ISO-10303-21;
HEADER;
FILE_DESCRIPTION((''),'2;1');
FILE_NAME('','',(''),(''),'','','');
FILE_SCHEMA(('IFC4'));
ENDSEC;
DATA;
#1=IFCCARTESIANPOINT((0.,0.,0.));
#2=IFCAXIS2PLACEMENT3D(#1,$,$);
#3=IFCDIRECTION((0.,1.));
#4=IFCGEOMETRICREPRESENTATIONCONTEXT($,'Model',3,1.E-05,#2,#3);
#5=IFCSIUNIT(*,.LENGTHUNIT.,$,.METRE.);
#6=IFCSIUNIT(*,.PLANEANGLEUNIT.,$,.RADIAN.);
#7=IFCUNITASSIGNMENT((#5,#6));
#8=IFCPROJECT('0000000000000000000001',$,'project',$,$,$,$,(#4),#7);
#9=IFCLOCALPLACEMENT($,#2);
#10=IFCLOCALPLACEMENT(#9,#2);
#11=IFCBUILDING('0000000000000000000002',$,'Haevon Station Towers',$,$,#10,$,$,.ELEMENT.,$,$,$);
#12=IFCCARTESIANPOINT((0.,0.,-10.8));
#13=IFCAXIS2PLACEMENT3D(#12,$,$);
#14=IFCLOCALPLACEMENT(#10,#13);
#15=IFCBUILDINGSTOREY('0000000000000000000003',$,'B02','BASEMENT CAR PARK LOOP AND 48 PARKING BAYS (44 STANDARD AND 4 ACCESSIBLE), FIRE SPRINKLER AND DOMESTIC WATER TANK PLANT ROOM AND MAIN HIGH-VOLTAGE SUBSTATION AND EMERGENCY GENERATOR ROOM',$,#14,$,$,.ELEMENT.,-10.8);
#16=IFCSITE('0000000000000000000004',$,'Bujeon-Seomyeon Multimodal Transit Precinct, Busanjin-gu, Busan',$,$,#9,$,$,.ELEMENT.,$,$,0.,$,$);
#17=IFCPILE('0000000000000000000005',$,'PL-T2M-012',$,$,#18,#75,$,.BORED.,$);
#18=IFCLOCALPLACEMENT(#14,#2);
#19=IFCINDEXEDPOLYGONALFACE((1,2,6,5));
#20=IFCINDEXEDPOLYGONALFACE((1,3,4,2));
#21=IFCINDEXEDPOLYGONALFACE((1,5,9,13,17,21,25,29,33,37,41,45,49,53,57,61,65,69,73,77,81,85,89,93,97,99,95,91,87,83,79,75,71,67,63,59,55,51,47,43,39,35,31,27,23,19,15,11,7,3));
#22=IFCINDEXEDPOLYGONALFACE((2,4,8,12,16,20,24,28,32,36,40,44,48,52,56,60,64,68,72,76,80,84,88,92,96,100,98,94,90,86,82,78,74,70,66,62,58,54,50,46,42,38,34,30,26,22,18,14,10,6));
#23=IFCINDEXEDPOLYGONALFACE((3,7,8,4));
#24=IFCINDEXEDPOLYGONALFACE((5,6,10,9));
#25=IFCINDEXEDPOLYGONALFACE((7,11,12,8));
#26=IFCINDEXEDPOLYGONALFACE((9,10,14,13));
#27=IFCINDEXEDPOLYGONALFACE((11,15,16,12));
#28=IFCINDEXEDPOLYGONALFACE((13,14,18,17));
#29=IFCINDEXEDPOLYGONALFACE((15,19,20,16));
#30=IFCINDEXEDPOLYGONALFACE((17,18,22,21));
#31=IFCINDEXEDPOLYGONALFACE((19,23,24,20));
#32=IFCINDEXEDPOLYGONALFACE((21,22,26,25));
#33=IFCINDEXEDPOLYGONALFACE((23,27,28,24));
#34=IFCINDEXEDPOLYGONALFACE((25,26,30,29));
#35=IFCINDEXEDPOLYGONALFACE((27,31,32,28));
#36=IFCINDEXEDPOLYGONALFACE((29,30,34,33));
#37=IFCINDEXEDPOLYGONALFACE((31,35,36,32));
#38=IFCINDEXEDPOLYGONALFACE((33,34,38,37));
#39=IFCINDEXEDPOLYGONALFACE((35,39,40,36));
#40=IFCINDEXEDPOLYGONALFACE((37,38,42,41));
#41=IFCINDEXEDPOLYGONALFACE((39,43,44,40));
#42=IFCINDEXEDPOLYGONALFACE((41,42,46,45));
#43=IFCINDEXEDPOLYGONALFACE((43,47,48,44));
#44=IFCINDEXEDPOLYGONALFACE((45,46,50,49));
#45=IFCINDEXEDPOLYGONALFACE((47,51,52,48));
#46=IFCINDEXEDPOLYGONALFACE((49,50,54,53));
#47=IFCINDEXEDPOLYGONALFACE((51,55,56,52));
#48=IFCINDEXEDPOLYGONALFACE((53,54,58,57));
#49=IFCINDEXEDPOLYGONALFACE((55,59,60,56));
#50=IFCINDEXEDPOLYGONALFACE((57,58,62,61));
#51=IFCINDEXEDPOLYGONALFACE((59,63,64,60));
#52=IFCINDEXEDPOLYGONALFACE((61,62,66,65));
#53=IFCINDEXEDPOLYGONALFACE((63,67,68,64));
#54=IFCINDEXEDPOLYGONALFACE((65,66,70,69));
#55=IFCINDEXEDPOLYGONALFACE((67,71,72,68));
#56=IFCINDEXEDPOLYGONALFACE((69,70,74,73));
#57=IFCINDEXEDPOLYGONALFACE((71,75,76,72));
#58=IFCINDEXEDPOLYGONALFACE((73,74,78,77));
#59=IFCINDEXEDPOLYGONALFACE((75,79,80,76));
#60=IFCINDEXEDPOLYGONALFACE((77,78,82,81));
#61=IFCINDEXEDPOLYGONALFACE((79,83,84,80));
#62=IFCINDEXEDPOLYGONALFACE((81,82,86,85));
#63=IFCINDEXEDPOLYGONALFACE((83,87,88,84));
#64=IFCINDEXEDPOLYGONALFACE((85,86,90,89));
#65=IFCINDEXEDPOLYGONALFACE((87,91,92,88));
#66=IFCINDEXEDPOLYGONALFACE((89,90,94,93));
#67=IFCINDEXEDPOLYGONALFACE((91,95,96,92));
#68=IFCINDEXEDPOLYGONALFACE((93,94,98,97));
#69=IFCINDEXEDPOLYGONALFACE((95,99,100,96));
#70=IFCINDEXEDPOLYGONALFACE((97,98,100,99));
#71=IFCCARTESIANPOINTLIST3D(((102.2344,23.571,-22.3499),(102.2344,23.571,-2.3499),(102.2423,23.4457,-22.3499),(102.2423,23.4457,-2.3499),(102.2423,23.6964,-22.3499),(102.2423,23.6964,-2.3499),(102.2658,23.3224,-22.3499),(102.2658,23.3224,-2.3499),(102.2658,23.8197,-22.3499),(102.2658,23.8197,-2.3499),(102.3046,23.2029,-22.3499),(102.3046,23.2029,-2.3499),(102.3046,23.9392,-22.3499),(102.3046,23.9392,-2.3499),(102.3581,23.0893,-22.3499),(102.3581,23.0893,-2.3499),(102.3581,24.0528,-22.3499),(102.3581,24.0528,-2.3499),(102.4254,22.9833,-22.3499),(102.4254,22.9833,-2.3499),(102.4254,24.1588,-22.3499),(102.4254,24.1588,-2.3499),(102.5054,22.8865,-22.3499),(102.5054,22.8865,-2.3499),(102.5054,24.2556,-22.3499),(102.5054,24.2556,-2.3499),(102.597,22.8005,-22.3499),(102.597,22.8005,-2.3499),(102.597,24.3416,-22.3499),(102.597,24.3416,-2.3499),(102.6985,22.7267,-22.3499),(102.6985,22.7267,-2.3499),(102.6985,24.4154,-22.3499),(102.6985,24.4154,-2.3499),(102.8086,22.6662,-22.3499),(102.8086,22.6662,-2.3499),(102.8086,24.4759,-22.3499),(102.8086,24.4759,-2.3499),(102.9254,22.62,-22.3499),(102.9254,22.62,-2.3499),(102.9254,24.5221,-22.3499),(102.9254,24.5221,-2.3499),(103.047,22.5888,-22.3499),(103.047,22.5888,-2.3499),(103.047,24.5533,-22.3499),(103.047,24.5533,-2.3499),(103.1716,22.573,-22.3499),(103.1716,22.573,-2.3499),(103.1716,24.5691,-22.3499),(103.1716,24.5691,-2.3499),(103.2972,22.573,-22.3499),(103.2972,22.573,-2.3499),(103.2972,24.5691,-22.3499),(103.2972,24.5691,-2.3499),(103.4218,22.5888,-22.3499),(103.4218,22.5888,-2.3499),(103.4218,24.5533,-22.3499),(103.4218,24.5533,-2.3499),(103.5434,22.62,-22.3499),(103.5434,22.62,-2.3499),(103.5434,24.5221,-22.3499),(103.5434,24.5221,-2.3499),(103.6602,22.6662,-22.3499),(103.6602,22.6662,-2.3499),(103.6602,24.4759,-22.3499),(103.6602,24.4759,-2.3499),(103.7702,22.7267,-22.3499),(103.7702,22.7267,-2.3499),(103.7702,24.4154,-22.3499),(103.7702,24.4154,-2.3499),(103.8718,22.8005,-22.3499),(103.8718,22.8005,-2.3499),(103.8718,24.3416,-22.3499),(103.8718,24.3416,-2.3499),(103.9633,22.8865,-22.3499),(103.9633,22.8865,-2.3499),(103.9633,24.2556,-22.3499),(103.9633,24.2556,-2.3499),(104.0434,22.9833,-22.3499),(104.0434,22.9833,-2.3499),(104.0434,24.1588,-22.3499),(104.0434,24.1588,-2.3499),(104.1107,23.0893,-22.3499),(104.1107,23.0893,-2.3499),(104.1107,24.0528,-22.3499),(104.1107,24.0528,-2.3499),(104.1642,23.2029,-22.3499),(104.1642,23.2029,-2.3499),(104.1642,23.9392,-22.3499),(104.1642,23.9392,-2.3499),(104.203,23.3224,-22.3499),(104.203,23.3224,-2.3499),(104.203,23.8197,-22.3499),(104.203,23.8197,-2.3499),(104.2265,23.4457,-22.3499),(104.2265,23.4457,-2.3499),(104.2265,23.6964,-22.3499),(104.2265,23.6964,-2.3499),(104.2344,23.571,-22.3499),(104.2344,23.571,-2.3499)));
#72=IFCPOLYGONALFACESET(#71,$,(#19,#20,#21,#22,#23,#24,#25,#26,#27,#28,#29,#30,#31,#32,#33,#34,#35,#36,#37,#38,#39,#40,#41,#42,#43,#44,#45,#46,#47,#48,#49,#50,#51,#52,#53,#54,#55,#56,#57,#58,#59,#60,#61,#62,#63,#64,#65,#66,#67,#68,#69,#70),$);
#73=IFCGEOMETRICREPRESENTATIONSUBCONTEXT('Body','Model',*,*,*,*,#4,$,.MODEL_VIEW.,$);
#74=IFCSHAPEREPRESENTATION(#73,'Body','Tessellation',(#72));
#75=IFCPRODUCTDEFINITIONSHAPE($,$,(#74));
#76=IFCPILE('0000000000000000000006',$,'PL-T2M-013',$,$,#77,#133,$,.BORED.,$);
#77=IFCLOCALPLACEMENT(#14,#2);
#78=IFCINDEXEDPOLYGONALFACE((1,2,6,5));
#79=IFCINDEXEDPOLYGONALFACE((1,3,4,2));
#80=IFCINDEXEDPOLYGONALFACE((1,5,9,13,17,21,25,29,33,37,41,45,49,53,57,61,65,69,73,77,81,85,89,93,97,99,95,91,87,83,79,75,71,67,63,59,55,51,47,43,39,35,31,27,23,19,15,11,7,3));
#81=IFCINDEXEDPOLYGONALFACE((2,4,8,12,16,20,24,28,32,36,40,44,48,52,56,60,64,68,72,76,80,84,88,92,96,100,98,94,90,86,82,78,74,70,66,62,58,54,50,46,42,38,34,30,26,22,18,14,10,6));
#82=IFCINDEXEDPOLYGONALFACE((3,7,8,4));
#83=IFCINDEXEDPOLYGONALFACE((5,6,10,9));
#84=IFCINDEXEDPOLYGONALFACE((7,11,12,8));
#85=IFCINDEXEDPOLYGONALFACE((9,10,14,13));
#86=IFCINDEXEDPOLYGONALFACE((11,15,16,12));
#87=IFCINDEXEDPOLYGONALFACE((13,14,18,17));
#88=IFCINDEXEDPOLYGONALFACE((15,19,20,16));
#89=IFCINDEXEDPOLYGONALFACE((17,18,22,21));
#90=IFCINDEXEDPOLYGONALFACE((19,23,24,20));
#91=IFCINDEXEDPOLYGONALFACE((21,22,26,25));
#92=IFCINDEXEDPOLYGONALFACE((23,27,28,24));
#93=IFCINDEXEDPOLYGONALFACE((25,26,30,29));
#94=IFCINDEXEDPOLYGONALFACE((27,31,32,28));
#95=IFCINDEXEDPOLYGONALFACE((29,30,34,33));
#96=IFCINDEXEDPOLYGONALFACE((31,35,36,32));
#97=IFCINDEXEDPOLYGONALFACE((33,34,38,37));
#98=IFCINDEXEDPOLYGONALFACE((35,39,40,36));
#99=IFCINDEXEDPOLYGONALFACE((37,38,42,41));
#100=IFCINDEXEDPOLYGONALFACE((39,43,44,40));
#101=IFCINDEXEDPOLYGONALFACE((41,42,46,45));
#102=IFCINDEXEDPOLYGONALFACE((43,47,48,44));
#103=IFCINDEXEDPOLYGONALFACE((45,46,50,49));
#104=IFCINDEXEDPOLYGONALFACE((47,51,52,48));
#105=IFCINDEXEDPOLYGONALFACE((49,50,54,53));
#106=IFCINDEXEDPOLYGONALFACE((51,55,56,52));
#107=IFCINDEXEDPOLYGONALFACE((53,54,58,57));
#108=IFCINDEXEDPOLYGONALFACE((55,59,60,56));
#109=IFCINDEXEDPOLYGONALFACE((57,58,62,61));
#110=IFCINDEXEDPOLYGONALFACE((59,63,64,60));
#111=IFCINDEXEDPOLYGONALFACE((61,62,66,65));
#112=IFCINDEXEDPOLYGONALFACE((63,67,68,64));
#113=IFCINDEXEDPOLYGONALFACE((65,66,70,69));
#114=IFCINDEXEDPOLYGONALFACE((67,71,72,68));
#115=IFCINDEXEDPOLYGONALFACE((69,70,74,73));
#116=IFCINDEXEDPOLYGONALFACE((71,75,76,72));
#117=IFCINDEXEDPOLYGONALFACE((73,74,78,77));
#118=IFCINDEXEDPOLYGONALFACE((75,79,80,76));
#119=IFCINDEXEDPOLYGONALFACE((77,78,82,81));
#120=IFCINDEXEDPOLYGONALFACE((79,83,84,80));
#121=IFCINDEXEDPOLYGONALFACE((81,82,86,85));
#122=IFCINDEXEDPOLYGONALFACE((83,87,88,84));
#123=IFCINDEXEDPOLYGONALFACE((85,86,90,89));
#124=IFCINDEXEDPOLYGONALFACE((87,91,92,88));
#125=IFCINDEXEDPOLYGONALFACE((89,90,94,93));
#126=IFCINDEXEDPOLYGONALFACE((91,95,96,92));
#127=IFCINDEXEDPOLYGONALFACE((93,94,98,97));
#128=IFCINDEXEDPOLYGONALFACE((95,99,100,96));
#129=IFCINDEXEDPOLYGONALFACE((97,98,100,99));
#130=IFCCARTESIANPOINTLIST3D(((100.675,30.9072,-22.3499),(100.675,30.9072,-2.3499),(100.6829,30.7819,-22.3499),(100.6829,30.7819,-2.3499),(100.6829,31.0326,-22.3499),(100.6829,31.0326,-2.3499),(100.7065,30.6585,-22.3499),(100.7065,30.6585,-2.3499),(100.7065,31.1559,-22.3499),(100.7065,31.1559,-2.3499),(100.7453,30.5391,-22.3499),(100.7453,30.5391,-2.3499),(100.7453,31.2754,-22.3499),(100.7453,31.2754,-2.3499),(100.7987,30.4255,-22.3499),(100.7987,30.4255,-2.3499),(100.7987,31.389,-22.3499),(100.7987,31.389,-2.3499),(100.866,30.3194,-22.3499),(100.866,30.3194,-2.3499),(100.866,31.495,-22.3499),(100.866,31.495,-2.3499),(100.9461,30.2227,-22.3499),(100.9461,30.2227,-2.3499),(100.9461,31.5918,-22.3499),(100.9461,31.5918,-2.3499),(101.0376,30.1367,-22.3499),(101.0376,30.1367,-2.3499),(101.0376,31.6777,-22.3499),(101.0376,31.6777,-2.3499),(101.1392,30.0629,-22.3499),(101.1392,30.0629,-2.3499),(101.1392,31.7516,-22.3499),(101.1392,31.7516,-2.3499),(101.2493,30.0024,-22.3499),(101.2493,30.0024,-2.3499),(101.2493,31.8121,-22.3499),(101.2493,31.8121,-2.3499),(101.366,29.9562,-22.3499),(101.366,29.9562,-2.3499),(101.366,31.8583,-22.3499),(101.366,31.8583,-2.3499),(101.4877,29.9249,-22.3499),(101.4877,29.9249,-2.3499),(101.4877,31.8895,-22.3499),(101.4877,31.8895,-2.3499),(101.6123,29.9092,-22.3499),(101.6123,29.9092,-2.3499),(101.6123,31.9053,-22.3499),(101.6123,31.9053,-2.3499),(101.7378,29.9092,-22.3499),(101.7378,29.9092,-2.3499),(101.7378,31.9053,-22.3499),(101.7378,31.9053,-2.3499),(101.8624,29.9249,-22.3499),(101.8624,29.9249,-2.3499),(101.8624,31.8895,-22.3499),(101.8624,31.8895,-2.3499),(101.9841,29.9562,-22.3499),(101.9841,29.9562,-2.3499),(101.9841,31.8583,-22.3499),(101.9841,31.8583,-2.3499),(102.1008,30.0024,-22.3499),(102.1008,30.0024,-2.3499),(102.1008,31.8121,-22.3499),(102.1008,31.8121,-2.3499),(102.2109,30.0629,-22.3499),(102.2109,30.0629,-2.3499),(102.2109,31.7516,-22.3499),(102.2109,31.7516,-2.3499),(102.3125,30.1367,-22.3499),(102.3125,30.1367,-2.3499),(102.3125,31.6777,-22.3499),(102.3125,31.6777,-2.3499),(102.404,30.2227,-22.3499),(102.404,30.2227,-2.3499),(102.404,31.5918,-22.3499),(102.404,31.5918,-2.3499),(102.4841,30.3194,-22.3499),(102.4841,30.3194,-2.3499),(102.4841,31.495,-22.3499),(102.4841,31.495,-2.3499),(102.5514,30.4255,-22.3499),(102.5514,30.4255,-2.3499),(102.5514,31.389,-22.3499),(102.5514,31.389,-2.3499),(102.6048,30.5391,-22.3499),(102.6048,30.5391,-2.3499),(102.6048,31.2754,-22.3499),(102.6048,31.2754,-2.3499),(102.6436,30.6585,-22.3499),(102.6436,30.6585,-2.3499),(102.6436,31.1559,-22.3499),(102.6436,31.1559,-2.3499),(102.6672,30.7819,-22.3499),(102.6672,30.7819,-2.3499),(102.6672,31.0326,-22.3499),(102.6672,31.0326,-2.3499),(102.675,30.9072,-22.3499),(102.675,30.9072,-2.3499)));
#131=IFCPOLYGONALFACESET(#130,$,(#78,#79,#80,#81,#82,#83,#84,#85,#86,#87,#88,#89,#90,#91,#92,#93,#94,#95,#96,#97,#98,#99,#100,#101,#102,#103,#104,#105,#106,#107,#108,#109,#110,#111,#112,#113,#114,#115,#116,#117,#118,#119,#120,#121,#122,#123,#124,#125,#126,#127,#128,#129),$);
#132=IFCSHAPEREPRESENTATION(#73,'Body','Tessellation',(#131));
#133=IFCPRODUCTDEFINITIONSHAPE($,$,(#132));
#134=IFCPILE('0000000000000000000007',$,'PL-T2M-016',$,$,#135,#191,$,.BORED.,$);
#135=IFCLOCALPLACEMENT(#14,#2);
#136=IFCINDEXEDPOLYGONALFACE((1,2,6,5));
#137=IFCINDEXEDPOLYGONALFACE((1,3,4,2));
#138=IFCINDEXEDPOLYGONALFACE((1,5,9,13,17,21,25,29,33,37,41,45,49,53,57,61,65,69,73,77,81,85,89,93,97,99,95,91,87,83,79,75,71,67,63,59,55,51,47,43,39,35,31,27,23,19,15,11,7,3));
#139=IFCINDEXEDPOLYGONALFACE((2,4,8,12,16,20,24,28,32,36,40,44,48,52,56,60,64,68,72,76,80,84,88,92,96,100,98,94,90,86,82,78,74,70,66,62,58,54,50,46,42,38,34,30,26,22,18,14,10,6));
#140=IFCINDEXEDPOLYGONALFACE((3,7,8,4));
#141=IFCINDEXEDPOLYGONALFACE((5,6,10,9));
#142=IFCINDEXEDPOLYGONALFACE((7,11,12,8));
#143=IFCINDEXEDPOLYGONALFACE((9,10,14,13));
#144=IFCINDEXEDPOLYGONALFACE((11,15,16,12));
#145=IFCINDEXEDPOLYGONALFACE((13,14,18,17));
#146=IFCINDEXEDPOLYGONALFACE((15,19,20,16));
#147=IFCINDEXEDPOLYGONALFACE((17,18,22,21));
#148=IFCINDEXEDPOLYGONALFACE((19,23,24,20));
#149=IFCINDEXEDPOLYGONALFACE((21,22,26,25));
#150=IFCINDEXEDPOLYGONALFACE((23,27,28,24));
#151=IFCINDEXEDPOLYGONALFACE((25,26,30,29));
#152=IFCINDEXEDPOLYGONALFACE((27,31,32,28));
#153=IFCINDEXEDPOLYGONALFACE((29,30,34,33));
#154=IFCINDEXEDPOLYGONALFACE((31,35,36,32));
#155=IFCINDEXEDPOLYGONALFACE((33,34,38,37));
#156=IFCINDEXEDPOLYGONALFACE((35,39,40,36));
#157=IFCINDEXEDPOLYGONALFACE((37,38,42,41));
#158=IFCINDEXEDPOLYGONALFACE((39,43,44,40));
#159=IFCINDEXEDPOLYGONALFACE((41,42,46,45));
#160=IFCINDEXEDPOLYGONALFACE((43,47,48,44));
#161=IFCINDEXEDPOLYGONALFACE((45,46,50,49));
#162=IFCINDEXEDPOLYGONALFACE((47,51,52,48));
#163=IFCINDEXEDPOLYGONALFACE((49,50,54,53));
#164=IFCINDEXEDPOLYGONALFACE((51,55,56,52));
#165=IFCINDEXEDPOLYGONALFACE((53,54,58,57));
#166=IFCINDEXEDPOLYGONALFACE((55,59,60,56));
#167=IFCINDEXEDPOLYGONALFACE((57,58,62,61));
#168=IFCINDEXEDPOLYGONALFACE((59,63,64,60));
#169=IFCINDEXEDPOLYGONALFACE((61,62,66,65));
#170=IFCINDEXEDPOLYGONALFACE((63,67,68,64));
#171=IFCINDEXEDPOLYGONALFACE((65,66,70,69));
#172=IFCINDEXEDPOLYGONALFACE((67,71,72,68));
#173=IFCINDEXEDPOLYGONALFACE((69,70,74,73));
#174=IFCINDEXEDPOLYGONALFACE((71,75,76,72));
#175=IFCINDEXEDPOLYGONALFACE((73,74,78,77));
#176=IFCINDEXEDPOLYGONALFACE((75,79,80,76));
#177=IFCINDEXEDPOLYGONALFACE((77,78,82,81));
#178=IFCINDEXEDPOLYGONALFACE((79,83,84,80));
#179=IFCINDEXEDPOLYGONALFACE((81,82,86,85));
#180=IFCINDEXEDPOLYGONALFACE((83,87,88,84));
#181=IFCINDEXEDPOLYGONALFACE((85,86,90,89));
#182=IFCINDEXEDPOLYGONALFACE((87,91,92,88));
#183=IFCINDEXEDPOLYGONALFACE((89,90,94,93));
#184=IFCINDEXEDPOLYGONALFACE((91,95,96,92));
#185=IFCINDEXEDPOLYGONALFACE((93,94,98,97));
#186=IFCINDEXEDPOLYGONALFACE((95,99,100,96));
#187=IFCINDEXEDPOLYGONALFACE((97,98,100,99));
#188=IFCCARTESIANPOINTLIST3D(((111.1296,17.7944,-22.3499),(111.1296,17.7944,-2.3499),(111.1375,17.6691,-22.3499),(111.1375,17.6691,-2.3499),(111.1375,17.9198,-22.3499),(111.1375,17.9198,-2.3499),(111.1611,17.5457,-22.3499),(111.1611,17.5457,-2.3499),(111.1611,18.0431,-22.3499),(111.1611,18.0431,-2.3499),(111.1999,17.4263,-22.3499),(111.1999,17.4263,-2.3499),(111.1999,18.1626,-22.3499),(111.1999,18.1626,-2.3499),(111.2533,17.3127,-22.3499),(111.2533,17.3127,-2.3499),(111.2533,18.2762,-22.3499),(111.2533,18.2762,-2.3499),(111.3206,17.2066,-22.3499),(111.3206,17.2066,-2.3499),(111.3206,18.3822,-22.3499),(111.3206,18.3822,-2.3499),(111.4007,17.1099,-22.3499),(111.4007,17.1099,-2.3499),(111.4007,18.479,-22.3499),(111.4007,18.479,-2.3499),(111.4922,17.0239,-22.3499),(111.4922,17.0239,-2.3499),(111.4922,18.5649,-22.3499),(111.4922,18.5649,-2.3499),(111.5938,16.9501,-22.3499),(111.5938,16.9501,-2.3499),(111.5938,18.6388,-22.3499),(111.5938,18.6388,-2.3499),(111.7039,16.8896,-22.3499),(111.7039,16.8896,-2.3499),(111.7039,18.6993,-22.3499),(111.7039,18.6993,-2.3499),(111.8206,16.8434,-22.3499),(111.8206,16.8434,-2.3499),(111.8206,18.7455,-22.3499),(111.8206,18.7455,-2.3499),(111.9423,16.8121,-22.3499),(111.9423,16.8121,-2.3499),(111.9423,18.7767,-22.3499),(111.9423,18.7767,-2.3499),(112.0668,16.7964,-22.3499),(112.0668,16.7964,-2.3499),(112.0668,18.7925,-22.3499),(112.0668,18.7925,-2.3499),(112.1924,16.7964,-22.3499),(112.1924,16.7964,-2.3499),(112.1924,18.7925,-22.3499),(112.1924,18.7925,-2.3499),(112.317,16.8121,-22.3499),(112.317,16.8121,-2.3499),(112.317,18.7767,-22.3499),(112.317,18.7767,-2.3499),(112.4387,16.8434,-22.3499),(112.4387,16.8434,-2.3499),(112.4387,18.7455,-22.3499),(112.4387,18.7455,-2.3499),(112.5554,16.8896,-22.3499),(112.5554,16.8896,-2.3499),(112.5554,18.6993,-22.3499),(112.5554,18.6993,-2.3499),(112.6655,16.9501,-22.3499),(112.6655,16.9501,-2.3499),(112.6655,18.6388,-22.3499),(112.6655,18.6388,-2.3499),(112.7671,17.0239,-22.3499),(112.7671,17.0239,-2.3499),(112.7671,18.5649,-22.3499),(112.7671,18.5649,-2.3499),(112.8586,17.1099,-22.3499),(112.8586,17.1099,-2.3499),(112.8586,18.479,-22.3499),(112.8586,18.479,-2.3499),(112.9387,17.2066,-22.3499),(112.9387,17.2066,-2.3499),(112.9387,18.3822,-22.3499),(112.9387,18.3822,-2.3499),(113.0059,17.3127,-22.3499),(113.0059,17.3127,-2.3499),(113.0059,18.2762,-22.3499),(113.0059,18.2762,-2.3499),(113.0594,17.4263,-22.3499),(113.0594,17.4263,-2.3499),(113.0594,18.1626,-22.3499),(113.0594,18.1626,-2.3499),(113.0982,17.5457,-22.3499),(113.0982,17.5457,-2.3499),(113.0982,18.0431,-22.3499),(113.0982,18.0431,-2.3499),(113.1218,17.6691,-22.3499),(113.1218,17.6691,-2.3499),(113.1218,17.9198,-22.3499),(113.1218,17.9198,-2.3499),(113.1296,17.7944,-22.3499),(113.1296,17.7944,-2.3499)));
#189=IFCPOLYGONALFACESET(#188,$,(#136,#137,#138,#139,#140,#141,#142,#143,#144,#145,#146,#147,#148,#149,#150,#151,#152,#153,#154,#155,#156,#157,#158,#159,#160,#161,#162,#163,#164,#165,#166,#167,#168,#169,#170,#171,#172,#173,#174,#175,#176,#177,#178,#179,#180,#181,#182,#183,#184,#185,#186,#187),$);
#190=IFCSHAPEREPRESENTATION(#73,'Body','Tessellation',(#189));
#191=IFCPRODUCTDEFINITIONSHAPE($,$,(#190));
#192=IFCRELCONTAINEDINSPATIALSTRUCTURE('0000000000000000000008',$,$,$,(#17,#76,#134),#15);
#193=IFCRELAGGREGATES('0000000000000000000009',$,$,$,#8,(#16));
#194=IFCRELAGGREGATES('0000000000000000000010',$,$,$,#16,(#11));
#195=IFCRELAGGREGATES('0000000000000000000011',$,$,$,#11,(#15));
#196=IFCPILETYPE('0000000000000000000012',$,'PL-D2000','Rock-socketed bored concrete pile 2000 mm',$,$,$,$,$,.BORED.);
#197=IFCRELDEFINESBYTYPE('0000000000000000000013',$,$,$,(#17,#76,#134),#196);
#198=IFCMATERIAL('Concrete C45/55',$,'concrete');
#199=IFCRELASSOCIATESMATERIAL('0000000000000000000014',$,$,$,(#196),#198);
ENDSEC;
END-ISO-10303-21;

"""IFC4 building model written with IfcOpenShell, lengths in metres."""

from ifc_helpers import new_model, si_unit, direction, frame, origin, origin_2d, place, context, subcontext, project, spatial, circle, extrude, material, material_profile, profile_set, type_object, element, save


model = new_model("IFC4")

# Units and contexts
model_context = context("Model", 3, precision=1e-05, world=origin(), true_north=direction((0.0, 1.0)))
body_context = subcontext(model_context, "Body", "Model", "MODEL_VIEW")
ifc_project = project(units=[si_unit("LENGTHUNIT", "METRE"), si_unit("PLANEANGLEUNIT", "RADIAN")], contexts=[model_context])

# Site, building, storey
site_placement = place(None, origin())
site = spatial("IfcSite", under=ifc_project, at=site_placement, Name="Bujeon-Seomyeon Multimodal Transit Precinct, Busanjin-gu, Busan", CompositionType="ELEMENT", RefElevation=0.0)
building_placement = place(site_placement, origin())
building = spatial("IfcBuilding", under=site, at=building_placement, Name="Haevon Station Towers", CompositionType="ELEMENT")
storey_placement = place(building_placement, frame((0.0, 0.0, -10.8)))
storey = spatial("IfcBuildingStorey", under=building, at=storey_placement, Name="B02", Description="BASEMENT CAR PARK LOOP AND 48 PARKING BAYS (44 STANDARD AND 4 ACCESSIBLE), FIRE SPRINKLER AND DOMESTIC WATER TANK PLANT ROOM AND MAIN HIGH-VOLTAGE SUBSTATION AND EMERGENCY GENERATOR ROOM", CompositionType="ELEMENT", Elevation=-10.8)

# Piles
ifc_material_1 = material(Name="Concrete C45/55", Category="concrete")
ifc_material_profile_1 = material_profile(ifc_material_1, circle(Radius=1.0, at=origin_2d()), Name="PILE-D2000")
ifc_profile_set_1 = profile_set([ifc_material_profile_1], Name="Concrete C45/55")
pile_type_1 = type_object("IfcPileType", Name="PL-D2000", Description="Rock-socketed bored concrete pile 2000 mm", PredefinedType="BORED", material=ifc_profile_set_1)
for number, where, z_axis, x_axis, name in (
    (1, (103.2344, 23.571, -2.3499), (0.0, 0.0, -1.0), (1.0, 0.0, 0.0), "PL-T2M-012"),
    (2, (101.675, 30.9072, -2.3499), (0.0, 0.0, -1.0), (1.0, 0.0, 0.0), "PL-T2M-013"),
    (3, (112.1296, 17.7944, -2.3499), (0.0, 0.0, -1.0), (1.0, 0.0, 0.0), "PL-T2M-016"),
):
    element("IfcPile", number, at=place(storey_placement, frame(where, z_axis=z_axis, x_axis=x_axis)), inside=storey, type_object=pile_type_1, Name=name, PredefinedType="BORED", context=body_context, shape_type="SweptSolid", body=[
        extrude(circle(Radius=1.0, at=origin_2d()), origin(), (0.0, 0.0, 1.0), 20.0),
    ])

save(model, "model.ifc")
